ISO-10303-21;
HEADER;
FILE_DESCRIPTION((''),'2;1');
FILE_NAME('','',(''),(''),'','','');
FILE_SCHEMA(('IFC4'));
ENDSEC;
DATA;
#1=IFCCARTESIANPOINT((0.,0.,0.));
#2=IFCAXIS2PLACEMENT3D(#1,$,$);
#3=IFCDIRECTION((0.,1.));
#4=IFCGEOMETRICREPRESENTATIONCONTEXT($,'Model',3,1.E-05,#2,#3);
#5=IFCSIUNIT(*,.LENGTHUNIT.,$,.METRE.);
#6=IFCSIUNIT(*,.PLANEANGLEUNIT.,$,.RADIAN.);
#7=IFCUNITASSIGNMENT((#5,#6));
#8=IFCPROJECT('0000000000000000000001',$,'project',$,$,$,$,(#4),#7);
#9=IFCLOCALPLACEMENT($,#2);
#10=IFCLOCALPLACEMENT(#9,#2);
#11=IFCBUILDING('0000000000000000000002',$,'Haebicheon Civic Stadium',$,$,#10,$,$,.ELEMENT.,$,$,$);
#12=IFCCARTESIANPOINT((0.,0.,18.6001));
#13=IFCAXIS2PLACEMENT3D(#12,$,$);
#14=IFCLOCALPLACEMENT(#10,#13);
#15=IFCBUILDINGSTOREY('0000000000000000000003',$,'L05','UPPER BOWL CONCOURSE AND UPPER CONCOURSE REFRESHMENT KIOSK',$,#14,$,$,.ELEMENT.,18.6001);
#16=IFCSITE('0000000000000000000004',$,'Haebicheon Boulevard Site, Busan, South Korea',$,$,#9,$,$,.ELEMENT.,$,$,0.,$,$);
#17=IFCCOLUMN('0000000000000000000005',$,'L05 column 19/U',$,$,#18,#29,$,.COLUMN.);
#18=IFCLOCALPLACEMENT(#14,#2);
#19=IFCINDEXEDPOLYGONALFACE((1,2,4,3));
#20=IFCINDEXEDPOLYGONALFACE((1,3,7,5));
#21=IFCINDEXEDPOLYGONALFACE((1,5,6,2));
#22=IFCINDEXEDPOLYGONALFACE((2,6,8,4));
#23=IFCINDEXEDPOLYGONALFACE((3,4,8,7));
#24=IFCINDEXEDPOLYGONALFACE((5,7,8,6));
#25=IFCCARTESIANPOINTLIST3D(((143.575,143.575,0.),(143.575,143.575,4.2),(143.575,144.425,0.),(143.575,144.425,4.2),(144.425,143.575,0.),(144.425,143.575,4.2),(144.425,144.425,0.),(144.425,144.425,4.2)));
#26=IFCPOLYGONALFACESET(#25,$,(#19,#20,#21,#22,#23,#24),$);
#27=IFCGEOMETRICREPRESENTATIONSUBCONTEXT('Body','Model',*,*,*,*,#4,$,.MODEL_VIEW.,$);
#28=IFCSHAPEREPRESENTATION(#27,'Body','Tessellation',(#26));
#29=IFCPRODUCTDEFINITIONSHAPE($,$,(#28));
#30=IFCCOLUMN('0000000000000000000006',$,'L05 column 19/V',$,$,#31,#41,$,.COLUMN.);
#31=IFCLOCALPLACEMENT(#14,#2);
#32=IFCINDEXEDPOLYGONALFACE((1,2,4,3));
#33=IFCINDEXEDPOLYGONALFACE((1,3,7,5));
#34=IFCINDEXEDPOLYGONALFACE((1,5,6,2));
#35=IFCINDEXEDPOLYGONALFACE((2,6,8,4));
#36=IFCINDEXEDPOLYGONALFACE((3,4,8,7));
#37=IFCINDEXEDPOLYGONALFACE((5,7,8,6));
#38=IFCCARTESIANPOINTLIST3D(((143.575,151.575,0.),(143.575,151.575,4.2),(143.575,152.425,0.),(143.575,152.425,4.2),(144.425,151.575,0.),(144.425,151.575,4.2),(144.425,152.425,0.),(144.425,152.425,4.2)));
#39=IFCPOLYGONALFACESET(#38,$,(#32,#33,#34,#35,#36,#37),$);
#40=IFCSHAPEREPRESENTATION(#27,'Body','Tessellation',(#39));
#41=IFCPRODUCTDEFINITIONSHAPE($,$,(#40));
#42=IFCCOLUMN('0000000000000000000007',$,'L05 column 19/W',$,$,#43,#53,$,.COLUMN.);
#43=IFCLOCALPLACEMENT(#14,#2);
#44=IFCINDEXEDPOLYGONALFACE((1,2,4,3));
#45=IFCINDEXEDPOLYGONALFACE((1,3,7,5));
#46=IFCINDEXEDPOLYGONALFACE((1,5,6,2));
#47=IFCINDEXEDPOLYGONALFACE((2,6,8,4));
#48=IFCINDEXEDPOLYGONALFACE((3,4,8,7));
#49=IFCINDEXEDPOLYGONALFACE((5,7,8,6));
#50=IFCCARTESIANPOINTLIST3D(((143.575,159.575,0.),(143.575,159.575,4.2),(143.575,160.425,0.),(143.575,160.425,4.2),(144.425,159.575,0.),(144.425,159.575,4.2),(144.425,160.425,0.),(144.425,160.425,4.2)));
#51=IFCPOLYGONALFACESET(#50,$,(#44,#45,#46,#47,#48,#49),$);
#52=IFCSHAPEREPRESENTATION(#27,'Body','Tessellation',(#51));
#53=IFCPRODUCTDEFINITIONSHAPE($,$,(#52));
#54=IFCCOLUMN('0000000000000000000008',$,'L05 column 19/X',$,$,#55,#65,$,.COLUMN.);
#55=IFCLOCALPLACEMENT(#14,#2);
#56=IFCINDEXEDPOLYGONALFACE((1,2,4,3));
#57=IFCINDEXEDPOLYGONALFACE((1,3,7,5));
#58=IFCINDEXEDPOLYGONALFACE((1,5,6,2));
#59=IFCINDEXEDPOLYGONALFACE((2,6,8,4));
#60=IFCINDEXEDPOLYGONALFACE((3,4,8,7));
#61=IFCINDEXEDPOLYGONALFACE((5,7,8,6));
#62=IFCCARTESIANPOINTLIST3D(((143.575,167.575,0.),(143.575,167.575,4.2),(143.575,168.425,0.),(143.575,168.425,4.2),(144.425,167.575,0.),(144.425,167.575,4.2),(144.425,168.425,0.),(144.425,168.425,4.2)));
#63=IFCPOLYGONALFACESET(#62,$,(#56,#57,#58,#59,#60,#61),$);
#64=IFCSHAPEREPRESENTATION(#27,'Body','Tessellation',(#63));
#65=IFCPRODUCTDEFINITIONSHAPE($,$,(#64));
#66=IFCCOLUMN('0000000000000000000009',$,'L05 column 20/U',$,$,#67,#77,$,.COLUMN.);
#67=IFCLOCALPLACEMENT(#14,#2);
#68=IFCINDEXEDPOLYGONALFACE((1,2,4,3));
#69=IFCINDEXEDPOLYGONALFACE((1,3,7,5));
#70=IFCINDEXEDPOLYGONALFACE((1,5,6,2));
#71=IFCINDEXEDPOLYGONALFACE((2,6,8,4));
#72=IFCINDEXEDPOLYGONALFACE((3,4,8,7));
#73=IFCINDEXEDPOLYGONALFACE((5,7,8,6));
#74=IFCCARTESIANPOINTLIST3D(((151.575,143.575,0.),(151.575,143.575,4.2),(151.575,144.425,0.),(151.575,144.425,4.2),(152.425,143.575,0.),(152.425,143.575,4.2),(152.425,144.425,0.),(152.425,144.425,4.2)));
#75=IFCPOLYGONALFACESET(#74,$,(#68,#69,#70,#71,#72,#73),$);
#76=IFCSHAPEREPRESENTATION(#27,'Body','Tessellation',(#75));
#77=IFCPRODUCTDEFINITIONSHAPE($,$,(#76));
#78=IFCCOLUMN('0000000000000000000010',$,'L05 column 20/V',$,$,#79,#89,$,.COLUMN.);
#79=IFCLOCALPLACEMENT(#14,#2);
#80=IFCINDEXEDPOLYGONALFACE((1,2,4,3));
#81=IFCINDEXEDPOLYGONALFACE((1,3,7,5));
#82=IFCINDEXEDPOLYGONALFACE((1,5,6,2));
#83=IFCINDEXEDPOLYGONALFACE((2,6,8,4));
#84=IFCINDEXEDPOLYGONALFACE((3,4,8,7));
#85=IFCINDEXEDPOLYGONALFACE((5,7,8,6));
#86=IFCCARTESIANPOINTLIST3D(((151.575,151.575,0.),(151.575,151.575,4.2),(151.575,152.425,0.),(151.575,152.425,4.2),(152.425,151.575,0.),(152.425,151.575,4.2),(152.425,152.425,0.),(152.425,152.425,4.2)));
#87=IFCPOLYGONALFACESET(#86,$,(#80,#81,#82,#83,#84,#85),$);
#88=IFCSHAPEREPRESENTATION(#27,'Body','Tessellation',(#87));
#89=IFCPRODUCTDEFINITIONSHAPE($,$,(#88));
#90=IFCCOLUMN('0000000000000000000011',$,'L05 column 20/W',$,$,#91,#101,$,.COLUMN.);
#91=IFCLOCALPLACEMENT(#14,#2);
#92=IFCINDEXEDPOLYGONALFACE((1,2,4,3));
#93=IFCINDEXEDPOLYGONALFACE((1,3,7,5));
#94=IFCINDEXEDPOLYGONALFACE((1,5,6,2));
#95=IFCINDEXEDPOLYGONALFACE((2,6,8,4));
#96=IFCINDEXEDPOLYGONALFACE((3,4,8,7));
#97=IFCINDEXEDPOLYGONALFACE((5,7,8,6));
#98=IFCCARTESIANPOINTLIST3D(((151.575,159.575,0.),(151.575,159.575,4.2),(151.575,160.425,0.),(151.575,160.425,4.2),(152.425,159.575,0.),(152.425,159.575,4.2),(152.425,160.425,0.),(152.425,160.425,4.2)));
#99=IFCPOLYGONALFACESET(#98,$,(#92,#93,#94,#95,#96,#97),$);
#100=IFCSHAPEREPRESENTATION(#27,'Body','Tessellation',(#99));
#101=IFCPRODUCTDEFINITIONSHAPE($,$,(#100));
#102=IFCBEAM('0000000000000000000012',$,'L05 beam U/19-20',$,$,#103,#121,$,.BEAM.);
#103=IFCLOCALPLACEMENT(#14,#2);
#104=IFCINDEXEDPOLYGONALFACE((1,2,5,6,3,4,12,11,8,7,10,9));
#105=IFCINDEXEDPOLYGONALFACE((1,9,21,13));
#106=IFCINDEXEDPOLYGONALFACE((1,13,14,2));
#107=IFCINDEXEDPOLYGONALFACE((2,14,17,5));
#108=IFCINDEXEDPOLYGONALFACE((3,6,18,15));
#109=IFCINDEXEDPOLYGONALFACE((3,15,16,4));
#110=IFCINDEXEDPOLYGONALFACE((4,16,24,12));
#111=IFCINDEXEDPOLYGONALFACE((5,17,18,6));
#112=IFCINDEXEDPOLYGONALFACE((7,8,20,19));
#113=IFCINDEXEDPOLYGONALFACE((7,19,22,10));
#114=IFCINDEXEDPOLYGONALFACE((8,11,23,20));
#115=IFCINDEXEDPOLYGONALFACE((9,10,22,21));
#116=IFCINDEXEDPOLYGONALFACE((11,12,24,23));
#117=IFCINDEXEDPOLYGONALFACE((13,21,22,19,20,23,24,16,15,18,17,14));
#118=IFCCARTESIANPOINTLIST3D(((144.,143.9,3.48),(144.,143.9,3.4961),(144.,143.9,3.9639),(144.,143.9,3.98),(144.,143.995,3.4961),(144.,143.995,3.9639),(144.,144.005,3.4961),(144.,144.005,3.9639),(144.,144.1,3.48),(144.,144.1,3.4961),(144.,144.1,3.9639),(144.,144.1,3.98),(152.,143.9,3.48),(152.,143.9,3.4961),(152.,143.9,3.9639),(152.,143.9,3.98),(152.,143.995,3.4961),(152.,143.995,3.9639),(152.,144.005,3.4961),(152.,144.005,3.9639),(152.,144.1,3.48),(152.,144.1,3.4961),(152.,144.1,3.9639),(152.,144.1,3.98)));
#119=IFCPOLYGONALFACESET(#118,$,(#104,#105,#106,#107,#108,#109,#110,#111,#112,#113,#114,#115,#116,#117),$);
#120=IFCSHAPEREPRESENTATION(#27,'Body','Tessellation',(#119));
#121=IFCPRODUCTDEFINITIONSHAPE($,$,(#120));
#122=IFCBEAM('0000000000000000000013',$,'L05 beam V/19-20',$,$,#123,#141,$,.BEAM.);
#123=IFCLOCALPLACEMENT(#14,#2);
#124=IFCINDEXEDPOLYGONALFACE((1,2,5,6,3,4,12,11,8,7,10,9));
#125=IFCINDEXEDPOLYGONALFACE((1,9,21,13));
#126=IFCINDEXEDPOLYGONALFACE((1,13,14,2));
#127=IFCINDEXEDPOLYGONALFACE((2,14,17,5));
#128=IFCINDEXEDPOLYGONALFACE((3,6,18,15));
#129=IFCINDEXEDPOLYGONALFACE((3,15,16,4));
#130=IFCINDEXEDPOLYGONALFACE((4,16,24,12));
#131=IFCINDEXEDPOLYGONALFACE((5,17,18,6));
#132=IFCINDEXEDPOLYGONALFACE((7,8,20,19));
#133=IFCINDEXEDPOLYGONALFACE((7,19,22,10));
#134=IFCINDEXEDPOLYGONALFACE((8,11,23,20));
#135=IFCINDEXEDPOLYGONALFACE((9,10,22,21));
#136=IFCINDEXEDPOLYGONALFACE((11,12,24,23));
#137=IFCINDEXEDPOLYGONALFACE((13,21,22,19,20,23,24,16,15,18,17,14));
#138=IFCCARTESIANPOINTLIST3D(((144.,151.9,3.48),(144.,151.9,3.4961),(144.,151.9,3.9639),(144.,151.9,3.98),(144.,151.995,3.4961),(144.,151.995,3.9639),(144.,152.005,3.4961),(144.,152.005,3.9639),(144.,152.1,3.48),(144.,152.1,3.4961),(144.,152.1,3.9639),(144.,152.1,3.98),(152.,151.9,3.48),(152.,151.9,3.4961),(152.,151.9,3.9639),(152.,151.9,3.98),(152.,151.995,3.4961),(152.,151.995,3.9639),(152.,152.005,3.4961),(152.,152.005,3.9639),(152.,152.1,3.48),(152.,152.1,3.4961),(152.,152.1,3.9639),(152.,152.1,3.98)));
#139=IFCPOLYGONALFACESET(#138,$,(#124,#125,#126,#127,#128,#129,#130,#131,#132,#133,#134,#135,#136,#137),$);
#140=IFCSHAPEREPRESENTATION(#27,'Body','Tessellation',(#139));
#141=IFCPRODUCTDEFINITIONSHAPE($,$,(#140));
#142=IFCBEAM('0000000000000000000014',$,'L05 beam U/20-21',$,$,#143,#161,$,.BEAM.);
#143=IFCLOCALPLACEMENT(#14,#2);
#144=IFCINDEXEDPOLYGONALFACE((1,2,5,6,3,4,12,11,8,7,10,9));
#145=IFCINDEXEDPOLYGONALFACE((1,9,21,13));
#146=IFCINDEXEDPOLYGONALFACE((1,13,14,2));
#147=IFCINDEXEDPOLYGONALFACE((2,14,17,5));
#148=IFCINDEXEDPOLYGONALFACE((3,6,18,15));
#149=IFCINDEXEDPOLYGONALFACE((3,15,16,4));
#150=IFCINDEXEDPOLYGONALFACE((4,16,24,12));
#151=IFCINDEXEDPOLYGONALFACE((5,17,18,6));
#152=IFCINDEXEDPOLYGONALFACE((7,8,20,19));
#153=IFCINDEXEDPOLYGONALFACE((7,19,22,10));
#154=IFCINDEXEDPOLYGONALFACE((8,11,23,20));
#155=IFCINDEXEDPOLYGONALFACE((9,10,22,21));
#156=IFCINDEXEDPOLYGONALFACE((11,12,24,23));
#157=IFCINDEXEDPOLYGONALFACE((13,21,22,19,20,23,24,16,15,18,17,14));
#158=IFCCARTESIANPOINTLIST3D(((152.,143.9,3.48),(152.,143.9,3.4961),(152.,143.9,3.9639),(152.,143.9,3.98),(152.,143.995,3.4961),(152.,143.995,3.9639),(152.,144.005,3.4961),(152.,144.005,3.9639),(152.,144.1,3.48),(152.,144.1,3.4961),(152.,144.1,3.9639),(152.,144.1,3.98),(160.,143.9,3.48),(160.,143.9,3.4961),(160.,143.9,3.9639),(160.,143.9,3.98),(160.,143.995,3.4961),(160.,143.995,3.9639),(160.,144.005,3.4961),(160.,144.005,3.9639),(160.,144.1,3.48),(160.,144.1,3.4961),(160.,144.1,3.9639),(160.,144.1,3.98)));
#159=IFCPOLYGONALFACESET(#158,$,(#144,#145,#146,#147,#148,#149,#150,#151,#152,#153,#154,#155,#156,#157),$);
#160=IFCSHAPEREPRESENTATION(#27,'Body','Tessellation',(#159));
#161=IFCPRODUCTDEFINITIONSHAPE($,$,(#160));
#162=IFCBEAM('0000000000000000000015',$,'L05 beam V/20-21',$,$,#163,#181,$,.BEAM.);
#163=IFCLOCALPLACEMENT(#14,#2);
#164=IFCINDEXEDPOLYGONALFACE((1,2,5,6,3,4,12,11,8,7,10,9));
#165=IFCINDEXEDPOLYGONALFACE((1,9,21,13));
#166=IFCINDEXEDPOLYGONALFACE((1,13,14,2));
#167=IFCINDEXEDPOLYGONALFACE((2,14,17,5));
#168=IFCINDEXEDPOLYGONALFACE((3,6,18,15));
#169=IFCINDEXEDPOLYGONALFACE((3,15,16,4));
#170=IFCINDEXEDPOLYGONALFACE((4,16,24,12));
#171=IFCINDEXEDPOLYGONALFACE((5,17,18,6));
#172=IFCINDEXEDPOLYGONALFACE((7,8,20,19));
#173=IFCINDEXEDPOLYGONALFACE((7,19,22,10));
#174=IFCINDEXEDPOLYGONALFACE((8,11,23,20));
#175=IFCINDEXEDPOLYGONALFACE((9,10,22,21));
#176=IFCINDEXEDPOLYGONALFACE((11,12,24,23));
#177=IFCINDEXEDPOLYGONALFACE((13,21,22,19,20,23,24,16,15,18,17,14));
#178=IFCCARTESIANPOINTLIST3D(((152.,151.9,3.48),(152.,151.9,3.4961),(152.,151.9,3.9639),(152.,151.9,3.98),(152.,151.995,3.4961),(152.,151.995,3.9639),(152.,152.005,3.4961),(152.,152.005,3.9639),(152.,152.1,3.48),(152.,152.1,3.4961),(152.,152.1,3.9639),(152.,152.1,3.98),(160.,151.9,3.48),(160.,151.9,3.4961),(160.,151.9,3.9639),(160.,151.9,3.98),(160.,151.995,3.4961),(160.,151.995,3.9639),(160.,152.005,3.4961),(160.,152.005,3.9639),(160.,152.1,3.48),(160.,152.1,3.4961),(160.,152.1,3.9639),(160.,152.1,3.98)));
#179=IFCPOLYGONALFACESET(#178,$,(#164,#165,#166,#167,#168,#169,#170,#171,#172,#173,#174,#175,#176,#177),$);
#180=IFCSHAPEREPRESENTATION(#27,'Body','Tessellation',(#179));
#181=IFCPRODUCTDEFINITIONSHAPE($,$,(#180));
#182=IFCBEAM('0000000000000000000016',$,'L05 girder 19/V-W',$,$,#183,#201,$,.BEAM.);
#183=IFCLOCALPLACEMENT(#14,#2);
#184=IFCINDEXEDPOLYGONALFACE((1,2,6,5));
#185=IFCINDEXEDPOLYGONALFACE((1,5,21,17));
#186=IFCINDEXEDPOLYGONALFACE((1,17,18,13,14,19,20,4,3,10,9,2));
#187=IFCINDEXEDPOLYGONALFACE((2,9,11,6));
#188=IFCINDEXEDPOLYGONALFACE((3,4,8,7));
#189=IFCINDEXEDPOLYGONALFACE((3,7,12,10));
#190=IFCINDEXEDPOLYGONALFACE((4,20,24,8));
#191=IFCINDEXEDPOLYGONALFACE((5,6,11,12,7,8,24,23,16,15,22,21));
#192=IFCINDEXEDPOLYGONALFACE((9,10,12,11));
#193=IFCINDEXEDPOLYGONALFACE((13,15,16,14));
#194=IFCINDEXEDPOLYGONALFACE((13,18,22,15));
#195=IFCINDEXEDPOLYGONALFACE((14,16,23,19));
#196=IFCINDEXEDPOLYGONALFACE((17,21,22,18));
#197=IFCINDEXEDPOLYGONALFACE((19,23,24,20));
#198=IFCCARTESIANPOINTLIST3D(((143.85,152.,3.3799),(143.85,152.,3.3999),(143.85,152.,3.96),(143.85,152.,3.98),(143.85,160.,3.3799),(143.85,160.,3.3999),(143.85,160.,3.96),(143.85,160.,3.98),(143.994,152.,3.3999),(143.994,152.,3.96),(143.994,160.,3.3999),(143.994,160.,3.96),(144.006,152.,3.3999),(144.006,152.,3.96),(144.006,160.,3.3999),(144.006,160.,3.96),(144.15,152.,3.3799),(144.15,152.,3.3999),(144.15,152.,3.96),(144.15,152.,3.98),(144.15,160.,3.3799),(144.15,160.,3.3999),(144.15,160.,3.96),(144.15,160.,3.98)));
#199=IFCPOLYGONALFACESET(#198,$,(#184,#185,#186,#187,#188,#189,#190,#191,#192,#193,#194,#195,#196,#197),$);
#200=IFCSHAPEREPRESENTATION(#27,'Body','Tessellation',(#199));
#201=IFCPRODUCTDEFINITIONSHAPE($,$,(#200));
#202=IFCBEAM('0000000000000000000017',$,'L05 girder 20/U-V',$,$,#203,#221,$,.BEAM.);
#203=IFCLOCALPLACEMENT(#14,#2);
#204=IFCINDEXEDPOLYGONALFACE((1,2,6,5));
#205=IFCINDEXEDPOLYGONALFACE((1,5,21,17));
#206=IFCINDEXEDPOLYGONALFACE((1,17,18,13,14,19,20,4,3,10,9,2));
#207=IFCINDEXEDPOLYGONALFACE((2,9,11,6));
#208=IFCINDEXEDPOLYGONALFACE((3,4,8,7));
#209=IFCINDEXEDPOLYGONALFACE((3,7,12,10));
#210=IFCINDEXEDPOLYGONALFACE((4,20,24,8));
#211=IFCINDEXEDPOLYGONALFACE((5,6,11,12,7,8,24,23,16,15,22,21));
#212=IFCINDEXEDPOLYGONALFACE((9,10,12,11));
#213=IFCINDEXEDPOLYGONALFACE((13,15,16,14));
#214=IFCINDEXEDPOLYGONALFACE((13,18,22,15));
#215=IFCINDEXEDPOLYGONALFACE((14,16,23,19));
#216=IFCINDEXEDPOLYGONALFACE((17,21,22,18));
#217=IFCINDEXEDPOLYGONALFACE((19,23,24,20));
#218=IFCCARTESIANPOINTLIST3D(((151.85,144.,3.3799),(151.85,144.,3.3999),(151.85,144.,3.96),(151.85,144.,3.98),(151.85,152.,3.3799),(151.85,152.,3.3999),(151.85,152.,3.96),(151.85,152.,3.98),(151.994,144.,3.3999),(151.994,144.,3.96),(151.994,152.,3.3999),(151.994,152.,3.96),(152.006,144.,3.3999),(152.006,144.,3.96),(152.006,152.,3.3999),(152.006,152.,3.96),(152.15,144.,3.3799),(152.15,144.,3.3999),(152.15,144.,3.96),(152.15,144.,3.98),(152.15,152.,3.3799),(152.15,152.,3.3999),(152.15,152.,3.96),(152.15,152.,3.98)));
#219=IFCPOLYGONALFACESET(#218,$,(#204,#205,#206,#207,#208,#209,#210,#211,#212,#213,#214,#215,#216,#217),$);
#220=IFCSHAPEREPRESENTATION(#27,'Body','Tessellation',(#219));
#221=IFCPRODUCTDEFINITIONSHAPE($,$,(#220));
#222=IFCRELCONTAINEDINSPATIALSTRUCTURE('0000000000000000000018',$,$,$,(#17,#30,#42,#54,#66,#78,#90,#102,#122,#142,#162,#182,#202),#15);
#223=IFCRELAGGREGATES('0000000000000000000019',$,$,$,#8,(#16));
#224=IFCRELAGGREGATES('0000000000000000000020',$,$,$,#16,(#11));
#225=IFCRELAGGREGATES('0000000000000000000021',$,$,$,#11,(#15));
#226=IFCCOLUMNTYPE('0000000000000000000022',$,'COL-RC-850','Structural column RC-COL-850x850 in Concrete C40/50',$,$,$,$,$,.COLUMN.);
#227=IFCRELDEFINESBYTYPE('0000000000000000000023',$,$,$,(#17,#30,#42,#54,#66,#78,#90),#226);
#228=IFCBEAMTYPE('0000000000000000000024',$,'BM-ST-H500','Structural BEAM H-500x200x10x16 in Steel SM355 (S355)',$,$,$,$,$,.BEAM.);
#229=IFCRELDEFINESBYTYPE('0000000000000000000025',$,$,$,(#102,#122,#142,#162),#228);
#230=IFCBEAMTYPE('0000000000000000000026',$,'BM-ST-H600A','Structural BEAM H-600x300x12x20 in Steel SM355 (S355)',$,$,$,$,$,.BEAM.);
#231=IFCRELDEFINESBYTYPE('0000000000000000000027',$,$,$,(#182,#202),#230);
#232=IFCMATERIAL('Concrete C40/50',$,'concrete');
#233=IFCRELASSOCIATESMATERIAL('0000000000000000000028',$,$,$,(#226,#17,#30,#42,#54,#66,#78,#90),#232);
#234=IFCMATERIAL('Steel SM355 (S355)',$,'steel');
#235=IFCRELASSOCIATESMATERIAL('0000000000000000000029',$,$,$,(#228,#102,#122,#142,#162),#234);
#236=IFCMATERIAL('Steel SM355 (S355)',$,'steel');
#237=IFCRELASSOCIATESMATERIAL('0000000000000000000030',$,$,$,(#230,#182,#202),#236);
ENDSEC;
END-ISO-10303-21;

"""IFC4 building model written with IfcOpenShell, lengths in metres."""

from ifc_helpers import new_model, si_unit, direction, frame, origin, origin_2d, place, context, subcontext, project, spatial, rectangle, i_section, extrude, material, material_profile, profile_set, type_object, element, save


model = new_model("IFC4")

# Units and contexts
model_context = context("Model", 3, precision=1e-05, world=origin(), true_north=direction((0.0, 1.0)))
body_context = subcontext(model_context, "Body", "Model", "MODEL_VIEW")
ifc_project = project(units=[si_unit("LENGTHUNIT", "METRE"), si_unit("PLANEANGLEUNIT", "RADIAN")], contexts=[model_context])

# Site, building, storey
site_placement = place(None, origin())
site = spatial("IfcSite", under=ifc_project, at=site_placement, Name="Haebicheon Boulevard Site, Busan, South Korea", CompositionType="ELEMENT", RefElevation=0.0)
building_placement = place(site_placement, origin())
building = spatial("IfcBuilding", under=site, at=building_placement, Name="Haebicheon Civic Stadium", CompositionType="ELEMENT")
storey_placement = place(building_placement, frame((0.0, 0.0, 18.6001)))
storey = spatial("IfcBuildingStorey", under=building, at=storey_placement, Name="L05", Description="UPPER BOWL CONCOURSE AND UPPER CONCOURSE REFRESHMENT KIOSK", CompositionType="ELEMENT", Elevation=18.6001)

# Columns
ifc_material_1 = material(Name="Concrete C40/50", Category="concrete")
ifc_material_profile_1 = material_profile(ifc_material_1, rectangle(XDim=0.8501, YDim=0.8501, at=origin_2d()), Name="RC-COL-850x850")
ifc_profile_set_1 = profile_set([ifc_material_profile_1], Name="Concrete C40/50")
column_type = type_object("IfcColumnType", Name="COL-RC-850", Description="Structural column RC-COL-850x850 in Concrete C40/50", PredefinedType="COLUMN", material=ifc_profile_set_1)
for number, where, z_axis, x_axis, name in (
    (1, (144.0, 144.0, 0.0), (0.0, 0.0, 1.0), (1.0, 0.0, 0.0), "L05 column 19/U"),
    (2, (144.0, 152.0, 0.0), (0.0, 0.0, 1.0), (1.0, 0.0, 0.0), "L05 column 19/V"),
    (3, (144.0, 160.0, 0.0), (0.0, 0.0, 1.0), (1.0, 0.0, 0.0), "L05 column 19/W"),
    (4, (144.0, 168.0, 0.0), (0.0, 0.0, 1.0), (1.0, 0.0, 0.0), "L05 column 19/X"),
    (5, (152.0, 144.0, 0.0), (0.0, 0.0, 1.0), (1.0, 0.0, 0.0), "L05 column 20/U"),
    (6, (152.0, 152.0, 0.0), (0.0, 0.0, 1.0), (1.0, 0.0, 0.0), "L05 column 20/V"),
    (7, (152.0, 160.0, 0.0), (0.0, 0.0, 1.0), (1.0, 0.0, 0.0), "L05 column 20/W"),
):
    element("IfcColumn", number, at=place(storey_placement, frame(where, z_axis=z_axis, x_axis=x_axis)), inside=storey, type_object=column_type, material=ifc_profile_set_1, Name=name, PredefinedType="COLUMN", context=body_context, shape_type="SweptSolid", body=[
        extrude(rectangle(XDim=0.8501, YDim=0.8501, at=origin_2d()), origin(), (0.0, 0.0, 1.0), 4.2),
    ])

# Beams
ifc_material_2 = material(Name="Steel SM355 (S355)", Category="steel")
ifc_material_profile_2 = material_profile(ifc_material_2, i_section(OverallWidth=0.2, OverallDepth=0.5, WebThickness=0.01, FlangeThickness=0.0161, at=origin_2d()), Name="H-500x200x10x16")
ifc_profile_set_2 = profile_set([ifc_material_profile_2], Name="Steel SM355 (S355)")
beam_type_1 = type_object("IfcBeamType", Name="BM-ST-H500", Description="Structural BEAM H-500x200x10x16 in Steel SM355 (S355)", PredefinedType="BEAM", material=ifc_profile_set_2)
for number, where, z_axis, x_axis, name in (
    (8, (144.0, 144.0, 3.73), (1.0, 0.0, 0.0), (0.0, 1.0, 0.0), "L05 beam U/19-20"),
    (9, (144.0, 152.0, 3.73), (1.0, 0.0, 0.0), (0.0, 1.0, 0.0), "L05 beam V/19-20"),
    (10, (152.0, 144.0, 3.73), (1.0, 0.0, 0.0), (0.0, 1.0, 0.0), "L05 beam U/20-21"),
    (11, (152.0, 152.0, 3.73), (1.0, 0.0, 0.0), (0.0, 1.0, 0.0), "L05 beam V/20-21"),
):
    element("IfcBeam", number, at=place(storey_placement, frame(where, z_axis=z_axis, x_axis=x_axis)), inside=storey, type_object=beam_type_1, material=ifc_profile_set_2, Name=name, PredefinedType="BEAM", context=body_context, shape_type="SweptSolid", body=[
        extrude(i_section(OverallWidth=0.2, OverallDepth=0.5, WebThickness=0.01, FlangeThickness=0.0161, at=origin_2d()), origin(), (0.0, 0.0, 1.0), 8.0),
    ])
ifc_material_3 = material(Name="Steel SM355 (S355)", Category="steel")
ifc_material_profile_3 = material_profile(ifc_material_3, i_section(OverallWidth=0.3, OverallDepth=0.6001, WebThickness=0.012, FlangeThickness=0.02, at=origin_2d()), Name="H-600x300x12x20")
ifc_profile_set_3 = profile_set([ifc_material_profile_3], Name="Steel SM355 (S355)")
beam_type_2 = type_object("IfcBeamType", Name="BM-ST-H600A", Description="Structural BEAM H-600x300x12x20 in Steel SM355 (S355)", PredefinedType="BEAM", material=ifc_profile_set_3)
for number, where, z_axis, x_axis, name in (
    (12, (144.0, 152.0, 3.6799), (0.0, 1.0, 0.0), (-1.0, 0.0, 0.0), "L05 girder 19/V-W"),
    (13, (152.0, 144.0, 3.6799), (0.0, 1.0, 0.0), (-1.0, 0.0, 0.0), "L05 girder 20/U-V"),
):
    element("IfcBeam", number, at=place(storey_placement, frame(where, z_axis=z_axis, x_axis=x_axis)), inside=storey, type_object=beam_type_2, material=ifc_profile_set_3, Name=name, PredefinedType="BEAM", context=body_context, shape_type="SweptSolid", body=[
        extrude(i_section(OverallWidth=0.3, OverallDepth=0.6001, WebThickness=0.012, FlangeThickness=0.02, at=origin_2d()), origin(), (0.0, 0.0, 1.0), 8.0),
    ])

save(model, "model.ifc")
